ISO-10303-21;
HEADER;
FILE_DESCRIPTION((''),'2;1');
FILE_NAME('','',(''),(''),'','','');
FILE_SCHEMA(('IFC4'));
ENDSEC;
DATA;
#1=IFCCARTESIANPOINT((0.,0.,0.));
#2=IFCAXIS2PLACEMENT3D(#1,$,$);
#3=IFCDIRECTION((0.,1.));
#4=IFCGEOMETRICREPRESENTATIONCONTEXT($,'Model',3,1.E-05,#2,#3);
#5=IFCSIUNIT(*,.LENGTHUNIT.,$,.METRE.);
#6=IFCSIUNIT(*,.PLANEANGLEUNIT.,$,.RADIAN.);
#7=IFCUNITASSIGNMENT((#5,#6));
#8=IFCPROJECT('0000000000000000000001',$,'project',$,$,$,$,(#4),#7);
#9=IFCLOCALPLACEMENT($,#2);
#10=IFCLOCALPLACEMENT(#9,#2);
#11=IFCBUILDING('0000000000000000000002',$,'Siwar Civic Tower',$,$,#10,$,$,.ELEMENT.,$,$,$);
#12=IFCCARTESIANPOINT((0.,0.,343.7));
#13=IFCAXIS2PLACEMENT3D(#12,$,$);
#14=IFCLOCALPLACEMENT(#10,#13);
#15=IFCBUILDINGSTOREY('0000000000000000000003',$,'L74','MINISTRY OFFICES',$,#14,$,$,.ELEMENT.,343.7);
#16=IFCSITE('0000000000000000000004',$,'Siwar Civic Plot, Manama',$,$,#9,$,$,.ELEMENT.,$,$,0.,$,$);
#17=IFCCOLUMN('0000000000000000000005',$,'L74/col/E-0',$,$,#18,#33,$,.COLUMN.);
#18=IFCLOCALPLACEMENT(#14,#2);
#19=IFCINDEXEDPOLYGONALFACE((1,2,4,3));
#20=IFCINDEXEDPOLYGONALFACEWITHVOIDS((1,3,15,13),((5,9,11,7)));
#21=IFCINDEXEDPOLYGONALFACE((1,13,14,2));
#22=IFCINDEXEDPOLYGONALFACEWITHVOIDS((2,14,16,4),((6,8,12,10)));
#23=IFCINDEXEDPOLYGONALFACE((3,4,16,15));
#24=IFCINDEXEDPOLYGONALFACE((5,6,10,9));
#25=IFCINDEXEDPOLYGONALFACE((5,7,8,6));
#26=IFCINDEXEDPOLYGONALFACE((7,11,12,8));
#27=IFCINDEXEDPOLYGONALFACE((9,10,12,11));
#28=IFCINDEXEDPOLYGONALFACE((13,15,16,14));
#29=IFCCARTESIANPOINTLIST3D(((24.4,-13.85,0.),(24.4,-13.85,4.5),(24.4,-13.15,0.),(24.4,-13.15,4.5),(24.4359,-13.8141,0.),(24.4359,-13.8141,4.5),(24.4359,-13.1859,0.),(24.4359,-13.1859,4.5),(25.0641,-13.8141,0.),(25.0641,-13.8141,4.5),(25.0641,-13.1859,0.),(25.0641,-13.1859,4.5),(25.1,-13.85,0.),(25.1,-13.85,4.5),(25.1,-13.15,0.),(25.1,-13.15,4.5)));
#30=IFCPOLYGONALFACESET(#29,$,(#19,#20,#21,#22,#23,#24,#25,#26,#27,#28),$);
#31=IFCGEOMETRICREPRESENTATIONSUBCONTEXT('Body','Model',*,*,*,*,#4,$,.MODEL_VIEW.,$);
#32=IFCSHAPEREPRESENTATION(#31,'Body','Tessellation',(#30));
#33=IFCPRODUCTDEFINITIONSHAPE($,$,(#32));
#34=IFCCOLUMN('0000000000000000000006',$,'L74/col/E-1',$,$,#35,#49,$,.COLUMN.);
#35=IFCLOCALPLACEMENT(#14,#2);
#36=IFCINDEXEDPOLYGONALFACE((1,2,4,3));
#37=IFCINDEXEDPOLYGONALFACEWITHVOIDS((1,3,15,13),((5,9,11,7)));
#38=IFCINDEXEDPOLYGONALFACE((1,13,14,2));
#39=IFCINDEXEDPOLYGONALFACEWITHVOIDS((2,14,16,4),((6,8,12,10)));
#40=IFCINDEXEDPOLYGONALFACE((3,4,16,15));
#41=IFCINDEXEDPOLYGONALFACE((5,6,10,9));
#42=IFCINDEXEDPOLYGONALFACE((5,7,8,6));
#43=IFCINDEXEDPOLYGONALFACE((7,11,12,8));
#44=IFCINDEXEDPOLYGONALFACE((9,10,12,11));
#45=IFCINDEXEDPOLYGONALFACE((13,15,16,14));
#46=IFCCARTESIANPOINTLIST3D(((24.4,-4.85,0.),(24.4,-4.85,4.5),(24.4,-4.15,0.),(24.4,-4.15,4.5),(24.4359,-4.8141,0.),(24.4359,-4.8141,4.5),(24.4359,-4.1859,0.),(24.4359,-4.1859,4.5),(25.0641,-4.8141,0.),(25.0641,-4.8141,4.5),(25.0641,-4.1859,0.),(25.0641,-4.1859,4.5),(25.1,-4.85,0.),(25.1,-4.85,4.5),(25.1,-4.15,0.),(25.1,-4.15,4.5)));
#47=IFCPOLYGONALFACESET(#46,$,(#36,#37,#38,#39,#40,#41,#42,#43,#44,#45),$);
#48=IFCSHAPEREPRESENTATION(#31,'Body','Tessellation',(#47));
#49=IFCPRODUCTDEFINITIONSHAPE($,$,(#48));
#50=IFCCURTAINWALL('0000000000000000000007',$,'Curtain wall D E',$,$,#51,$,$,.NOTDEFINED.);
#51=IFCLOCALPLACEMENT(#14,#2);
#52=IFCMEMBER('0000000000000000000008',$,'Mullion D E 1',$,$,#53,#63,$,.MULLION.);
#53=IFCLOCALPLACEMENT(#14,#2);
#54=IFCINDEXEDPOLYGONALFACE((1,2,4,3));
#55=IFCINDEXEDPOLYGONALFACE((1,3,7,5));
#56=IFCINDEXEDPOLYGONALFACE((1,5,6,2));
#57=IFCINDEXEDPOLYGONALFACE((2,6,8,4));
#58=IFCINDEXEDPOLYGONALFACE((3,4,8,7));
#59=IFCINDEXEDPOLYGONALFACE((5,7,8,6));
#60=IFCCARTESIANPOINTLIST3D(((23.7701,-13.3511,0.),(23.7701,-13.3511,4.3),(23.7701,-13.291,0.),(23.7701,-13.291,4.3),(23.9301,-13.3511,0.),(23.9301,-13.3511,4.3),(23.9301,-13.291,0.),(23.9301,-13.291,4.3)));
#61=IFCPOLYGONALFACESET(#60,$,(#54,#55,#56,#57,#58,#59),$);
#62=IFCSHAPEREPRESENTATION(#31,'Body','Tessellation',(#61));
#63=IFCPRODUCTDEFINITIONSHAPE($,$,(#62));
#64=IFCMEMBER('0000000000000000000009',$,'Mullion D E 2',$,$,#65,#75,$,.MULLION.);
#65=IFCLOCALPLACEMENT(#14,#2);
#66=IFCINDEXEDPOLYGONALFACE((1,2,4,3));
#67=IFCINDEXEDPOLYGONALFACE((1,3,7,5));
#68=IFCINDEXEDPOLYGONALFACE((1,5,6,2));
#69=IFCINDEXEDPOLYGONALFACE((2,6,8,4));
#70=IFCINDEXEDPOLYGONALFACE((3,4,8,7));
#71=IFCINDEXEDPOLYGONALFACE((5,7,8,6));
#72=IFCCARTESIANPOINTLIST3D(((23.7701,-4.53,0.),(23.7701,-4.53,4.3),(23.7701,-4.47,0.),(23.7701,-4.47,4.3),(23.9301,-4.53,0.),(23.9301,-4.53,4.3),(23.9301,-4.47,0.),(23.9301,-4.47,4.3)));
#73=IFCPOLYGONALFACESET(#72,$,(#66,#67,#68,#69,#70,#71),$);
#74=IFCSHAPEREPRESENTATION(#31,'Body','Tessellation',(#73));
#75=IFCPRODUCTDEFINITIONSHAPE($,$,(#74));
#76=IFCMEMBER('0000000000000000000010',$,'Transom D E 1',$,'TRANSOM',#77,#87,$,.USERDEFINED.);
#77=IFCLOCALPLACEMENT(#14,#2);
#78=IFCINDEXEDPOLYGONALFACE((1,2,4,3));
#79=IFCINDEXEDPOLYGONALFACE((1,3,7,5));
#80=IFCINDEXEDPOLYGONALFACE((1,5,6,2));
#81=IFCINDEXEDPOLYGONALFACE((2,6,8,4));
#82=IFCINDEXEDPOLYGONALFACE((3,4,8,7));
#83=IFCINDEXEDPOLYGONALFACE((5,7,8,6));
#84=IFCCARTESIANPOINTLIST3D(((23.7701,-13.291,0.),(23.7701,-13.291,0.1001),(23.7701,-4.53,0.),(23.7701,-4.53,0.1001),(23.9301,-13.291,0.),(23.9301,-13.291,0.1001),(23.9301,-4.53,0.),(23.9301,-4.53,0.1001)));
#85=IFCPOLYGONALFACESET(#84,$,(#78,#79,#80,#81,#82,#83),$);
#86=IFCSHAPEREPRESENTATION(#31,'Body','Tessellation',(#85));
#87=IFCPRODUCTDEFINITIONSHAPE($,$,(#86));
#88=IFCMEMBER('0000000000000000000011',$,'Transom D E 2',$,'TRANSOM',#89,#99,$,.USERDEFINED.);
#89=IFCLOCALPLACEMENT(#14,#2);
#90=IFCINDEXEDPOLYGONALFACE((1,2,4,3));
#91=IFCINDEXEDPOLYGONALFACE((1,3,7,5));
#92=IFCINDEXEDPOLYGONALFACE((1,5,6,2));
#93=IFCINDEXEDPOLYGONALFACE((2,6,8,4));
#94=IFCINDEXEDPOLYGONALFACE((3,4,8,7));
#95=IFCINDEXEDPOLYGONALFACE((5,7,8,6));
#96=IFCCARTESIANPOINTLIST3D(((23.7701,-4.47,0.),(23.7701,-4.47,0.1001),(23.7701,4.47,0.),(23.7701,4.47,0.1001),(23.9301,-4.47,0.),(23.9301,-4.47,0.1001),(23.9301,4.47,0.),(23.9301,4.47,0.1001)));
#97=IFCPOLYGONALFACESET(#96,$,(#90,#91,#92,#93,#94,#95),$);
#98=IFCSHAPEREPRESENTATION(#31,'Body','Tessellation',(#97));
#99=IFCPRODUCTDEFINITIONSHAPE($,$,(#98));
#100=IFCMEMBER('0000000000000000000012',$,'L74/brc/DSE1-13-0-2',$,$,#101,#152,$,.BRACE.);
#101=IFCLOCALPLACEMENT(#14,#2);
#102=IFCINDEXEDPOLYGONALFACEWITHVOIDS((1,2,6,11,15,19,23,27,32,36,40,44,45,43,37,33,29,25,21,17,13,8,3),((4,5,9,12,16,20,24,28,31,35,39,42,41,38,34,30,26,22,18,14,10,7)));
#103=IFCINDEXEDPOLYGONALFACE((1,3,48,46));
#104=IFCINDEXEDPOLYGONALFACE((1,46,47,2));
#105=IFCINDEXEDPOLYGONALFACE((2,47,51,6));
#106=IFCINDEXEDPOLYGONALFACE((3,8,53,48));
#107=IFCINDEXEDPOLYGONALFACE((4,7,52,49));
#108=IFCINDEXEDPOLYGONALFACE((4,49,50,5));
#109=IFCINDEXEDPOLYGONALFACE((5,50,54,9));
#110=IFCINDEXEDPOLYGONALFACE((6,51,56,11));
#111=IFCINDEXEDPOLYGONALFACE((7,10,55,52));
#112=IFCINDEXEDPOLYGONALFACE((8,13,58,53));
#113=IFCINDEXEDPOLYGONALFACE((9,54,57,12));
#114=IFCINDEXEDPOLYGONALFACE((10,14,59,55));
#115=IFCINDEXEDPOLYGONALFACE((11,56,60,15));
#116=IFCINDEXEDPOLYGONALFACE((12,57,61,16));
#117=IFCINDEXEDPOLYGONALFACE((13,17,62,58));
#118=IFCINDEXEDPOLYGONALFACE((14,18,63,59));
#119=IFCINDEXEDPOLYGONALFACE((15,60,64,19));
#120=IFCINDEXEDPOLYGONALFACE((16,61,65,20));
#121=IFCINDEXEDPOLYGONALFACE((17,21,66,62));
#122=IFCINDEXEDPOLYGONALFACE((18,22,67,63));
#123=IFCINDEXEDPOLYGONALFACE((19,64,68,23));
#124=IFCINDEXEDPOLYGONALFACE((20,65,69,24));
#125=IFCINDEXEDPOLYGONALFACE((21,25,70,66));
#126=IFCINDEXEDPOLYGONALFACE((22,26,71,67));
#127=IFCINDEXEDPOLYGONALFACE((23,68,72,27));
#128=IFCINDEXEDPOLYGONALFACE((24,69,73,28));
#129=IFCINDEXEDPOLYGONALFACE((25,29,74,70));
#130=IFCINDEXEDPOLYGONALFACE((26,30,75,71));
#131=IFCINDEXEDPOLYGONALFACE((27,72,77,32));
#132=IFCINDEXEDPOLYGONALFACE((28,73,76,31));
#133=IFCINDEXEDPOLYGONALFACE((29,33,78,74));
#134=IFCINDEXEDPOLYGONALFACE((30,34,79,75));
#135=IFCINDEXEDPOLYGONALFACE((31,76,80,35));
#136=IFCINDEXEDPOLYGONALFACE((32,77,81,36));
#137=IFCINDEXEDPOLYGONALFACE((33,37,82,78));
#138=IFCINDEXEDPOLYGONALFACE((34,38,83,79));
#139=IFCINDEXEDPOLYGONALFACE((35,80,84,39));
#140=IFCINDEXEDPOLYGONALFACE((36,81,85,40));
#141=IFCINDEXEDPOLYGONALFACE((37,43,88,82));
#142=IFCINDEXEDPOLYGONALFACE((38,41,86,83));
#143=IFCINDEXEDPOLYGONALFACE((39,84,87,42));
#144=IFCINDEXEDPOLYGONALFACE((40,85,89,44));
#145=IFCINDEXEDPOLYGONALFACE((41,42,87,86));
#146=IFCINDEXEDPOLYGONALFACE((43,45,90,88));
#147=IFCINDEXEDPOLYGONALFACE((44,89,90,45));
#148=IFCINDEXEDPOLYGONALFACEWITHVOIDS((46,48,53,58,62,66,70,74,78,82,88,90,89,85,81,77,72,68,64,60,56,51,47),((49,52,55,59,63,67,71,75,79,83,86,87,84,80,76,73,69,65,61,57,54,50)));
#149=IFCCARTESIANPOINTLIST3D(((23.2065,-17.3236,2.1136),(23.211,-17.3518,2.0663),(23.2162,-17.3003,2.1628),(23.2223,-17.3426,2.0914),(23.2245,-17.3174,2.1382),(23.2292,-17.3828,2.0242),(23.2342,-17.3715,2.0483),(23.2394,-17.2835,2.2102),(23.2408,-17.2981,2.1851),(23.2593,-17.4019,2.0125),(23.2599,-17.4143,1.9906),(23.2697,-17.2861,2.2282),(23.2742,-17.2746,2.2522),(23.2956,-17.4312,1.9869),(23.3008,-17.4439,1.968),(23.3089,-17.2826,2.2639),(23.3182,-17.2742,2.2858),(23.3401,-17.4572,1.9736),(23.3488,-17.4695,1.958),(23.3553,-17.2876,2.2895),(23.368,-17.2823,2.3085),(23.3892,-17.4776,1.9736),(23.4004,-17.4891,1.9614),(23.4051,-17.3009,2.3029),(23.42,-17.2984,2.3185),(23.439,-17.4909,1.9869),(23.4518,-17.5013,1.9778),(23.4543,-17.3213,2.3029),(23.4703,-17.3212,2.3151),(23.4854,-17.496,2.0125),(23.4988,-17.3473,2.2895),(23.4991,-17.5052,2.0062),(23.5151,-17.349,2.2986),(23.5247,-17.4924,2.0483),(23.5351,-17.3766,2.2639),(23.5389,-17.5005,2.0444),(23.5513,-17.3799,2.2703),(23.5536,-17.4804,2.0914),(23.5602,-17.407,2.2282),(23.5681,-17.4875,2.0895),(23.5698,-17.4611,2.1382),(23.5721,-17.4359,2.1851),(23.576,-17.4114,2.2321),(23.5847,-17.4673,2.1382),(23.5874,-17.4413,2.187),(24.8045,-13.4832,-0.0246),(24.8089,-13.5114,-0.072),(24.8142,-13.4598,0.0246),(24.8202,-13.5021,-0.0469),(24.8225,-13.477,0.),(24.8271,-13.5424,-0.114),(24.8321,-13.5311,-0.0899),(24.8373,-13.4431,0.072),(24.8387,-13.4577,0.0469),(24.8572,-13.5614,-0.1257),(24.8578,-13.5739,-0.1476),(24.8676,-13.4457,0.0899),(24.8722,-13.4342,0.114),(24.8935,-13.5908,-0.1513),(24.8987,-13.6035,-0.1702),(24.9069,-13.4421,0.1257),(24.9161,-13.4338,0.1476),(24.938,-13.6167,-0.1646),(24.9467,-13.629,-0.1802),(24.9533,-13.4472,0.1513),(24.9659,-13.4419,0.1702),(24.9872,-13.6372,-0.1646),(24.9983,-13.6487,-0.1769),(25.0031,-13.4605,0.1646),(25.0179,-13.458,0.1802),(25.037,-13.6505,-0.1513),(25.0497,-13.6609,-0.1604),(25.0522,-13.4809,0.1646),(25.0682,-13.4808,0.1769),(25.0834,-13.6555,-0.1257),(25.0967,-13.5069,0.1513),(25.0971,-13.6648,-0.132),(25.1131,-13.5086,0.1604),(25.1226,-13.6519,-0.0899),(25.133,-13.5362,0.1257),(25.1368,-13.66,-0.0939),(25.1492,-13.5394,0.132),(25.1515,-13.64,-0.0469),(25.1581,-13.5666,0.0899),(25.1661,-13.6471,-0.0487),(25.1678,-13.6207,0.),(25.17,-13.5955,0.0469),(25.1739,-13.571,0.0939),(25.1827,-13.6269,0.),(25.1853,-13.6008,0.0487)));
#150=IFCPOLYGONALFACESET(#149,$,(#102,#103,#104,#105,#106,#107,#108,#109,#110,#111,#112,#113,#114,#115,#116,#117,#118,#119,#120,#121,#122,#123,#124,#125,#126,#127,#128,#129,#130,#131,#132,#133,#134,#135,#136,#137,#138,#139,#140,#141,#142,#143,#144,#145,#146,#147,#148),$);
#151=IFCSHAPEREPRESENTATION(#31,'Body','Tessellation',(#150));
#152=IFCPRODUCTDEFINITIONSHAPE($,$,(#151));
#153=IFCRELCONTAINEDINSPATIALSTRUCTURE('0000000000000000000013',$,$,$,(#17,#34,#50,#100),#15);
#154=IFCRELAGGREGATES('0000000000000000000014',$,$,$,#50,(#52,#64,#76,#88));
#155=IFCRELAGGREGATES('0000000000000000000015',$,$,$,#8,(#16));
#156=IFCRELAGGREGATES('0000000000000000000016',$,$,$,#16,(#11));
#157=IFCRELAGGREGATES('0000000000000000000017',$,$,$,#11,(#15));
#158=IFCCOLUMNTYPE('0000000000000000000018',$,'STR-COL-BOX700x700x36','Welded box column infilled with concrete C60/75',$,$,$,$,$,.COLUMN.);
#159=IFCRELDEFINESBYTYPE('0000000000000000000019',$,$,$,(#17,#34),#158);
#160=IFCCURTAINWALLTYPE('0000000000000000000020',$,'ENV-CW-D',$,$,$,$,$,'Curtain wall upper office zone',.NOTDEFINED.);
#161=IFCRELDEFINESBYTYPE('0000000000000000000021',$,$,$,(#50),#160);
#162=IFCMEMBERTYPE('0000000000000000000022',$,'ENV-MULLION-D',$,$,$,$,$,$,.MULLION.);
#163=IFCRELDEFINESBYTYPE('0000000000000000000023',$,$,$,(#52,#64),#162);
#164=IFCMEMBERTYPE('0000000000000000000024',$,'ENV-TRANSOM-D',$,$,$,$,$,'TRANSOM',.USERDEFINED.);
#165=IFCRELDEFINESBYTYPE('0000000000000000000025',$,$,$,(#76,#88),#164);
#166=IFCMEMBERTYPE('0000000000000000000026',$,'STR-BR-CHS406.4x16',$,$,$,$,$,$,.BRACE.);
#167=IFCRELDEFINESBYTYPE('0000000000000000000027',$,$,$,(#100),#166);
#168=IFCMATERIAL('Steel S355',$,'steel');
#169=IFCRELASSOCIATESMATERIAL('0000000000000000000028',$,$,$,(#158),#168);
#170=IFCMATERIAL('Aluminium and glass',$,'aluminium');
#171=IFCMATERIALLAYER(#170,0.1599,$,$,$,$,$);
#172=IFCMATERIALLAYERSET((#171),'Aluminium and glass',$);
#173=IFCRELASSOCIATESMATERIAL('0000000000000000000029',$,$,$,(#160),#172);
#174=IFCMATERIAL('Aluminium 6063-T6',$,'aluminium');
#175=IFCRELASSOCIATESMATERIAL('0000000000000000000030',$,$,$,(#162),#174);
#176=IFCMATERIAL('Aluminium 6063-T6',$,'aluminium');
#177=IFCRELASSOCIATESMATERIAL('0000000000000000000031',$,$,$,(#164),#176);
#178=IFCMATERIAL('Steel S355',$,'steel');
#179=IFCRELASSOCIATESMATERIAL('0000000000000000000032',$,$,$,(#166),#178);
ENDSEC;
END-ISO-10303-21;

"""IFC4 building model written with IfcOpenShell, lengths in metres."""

from ifc_helpers import new_model, si_unit, direction, frame, origin, origin_2d, place, context, subcontext, project, spatial, rectangle, hollow_rectangle, hollow_circle, extrude, material, layer, layer_set, material_profile, profile_set, type_object, element, aggregate, save


model = new_model("IFC4")

# Units and contexts
model_context = context("Model", 3, precision=1e-05, world=origin(), true_north=direction((0.0, 1.0)))
body_context = subcontext(model_context, "Body", "Model", "MODEL_VIEW")
ifc_project = project(units=[si_unit("LENGTHUNIT", "METRE"), si_unit("PLANEANGLEUNIT", "RADIAN")], contexts=[model_context])

# Site, building, storey
site_placement = place(None, origin())
site = spatial("IfcSite", under=ifc_project, at=site_placement, Name="Siwar Civic Plot, Manama", CompositionType="ELEMENT", RefElevation=0.0)
building_placement = place(site_placement, origin())
building = spatial("IfcBuilding", under=site, at=building_placement, Name="Siwar Civic Tower", CompositionType="ELEMENT")
storey_placement = place(building_placement, frame((0.0, 0.0, 343.7)))
storey = spatial("IfcBuildingStorey", under=building, at=storey_placement, Name="L74", Description="MINISTRY OFFICES", CompositionType="ELEMENT", Elevation=343.7)

# Columns
ifc_material_1 = material(Name="Steel S355", Category="steel")
ifc_material_profile_1 = material_profile(ifc_material_1, hollow_rectangle(XDim=0.7, YDim=0.7, WallThickness=0.0359, at=origin_2d()), Name="BOX700x700x36")
ifc_profile_set_1 = profile_set([ifc_material_profile_1], Name="Steel S355")
column_type = type_object("IfcColumnType", Name="STR-COL-BOX700x700x36", Description="Welded box column infilled with concrete C60/75", PredefinedType="COLUMN", material=ifc_profile_set_1)
for number, where, z_axis, x_axis, name in (
    (1, (24.75, -13.5, 0.0), (0.0, 0.0, 1.0), (1.0, 0.0, 0.0), "L74/col/E-0"),
    (2, (24.75, -4.5, 0.0), (0.0, 0.0, 1.0), (1.0, 0.0, 0.0), "L74/col/E-1"),
):
    element("IfcColumn", number, at=place(storey_placement, frame(where, z_axis=z_axis, x_axis=x_axis)), inside=storey, type_object=column_type, Name=name, PredefinedType="COLUMN", context=body_context, shape_type="SweptSolid", body=[
        extrude(hollow_rectangle(XDim=0.7, YDim=0.7, WallThickness=0.0359, at=origin_2d()), origin(), (0.0, 0.0, 1.0), 4.5),
    ])

# Curtain wall, members
ifc_material_2 = material(Name="Aluminium and glass", Category="aluminium")
ifc_layer_1 = layer(ifc_material_2, 0.1599)
ifc_layer_set_1 = layer_set([ifc_layer_1], Name="Aluminium and glass")
curtain_wall_type = type_object("IfcCurtainWallType", Name="ENV-CW-D", ElementType="Curtain wall upper office zone", PredefinedType="NOTDEFINED", material=ifc_layer_set_1)
curtain_wall_placement = place(storey_placement, origin())
curtain_wall = element("IfcCurtainWall", 3, at=curtain_wall_placement, inside=storey, type_object=curtain_wall_type, Name="Curtain wall D E", PredefinedType="NOTDEFINED")
ifc_material_3 = material(Name="Aluminium 6063-T6", Category="aluminium")
ifc_material_profile_2 = material_profile(ifc_material_3, rectangle(XDim=0.1599, YDim=0.0601, at=origin_2d()), Name="AL 160x60")
ifc_profile_set_2 = profile_set([ifc_material_profile_2], Name="Aluminium 6063-T6")
member_type_1 = type_object("IfcMemberType", Name="ENV-MULLION-D", PredefinedType="MULLION", material=ifc_profile_set_2)
member_1_placement = place(storey_placement, frame((23.8501, -13.321, 0.0), z_axis=(0.0, 0.0, 1.0), x_axis=(-1.0, 0.0, 0.0)))
member_1 = element("IfcMember", 4, at=member_1_placement, type_object=member_type_1, Name="Mullion D E 1", PredefinedType="MULLION", context=body_context, shape_type="SweptSolid", body=[
    extrude(rectangle(XDim=0.1599, YDim=0.0601, at=origin_2d()), origin(), (0.0, 0.0, 1.0), 4.3),
])
member_2_placement = place(storey_placement, frame((23.8501, -4.5, 0.0), z_axis=(0.0, 0.0, 1.0), x_axis=(-1.0, 0.0, 0.0)))
member_2 = element("IfcMember", 5, at=member_2_placement, type_object=member_type_1, Name="Mullion D E 2", PredefinedType="MULLION", context=body_context, shape_type="SweptSolid", body=[
    extrude(rectangle(XDim=0.1599, YDim=0.0601, at=origin_2d()), origin(), (0.0, 0.0, 1.0), 4.3),
])
ifc_material_4 = material(Name="Aluminium 6063-T6", Category="aluminium")
ifc_material_profile_3 = material_profile(ifc_material_4, rectangle(XDim=0.1599, YDim=0.1001, at=origin_2d()), Name="AL 160x100")
ifc_profile_set_3 = profile_set([ifc_material_profile_3], Name="Aluminium 6063-T6")
member_type_2 = type_object("IfcMemberType", Name="ENV-TRANSOM-D", ElementType="TRANSOM", PredefinedType="USERDEFINED", material=ifc_profile_set_3)
member_3_placement = place(storey_placement, frame((23.8501, -13.291, 0.05), z_axis=(0.0, 1.0, 0.0), x_axis=(-1.0, 0.0, 0.0)))
member_3 = element("IfcMember", 6, at=member_3_placement, type_object=member_type_2, Name="Transom D E 1", ObjectType="TRANSOM", PredefinedType="USERDEFINED", context=body_context, shape_type="SweptSolid", body=[
    extrude(rectangle(XDim=0.1599, YDim=0.1001, at=origin_2d()), origin(), (0.0, 0.0, 1.0), 8.761),
])
member_4_placement = place(storey_placement, frame((23.8501, -4.47, 0.05), z_axis=(0.0, 1.0, 0.0), x_axis=(-1.0, 0.0, 0.0)))
member_4 = element("IfcMember", 7, at=member_4_placement, type_object=member_type_2, Name="Transom D E 2", ObjectType="TRANSOM", PredefinedType="USERDEFINED", context=body_context, shape_type="SweptSolid", body=[
    extrude(rectangle(XDim=0.1599, YDim=0.1001, at=origin_2d()), origin(), (0.0, 0.0, 1.0), 8.9399),
])

# Member
ifc_material_5 = material(Name="Steel S355", Category="steel")
ifc_material_profile_4 = material_profile(ifc_material_5, hollow_circle(Radius=0.2031, WallThickness=0.0161, at=origin_2d()), Name="CHS406.4x16")
ifc_profile_set_4 = profile_set([ifc_material_profile_4], Name="Steel S355")
member_type_3 = type_object("IfcMemberType", Name="STR-BR-CHS406.4x16", PredefinedType="BRACE", material=ifc_profile_set_4)
member_5_placement = place(storey_placement, frame((24.9951, -13.5488, 0.0), z_axis=(-0.341659, -0.82113, 0.457181), x_axis=(0.923268, -0.384157, 0.0)))
element("IfcMember", 8, at=member_5_placement, inside=storey, type_object=member_type_3, Name="L74/brc/DSE1-13-0-2", PredefinedType="BRACE", context=body_context, shape_type="SweptSolid", body=[
    extrude(hollow_circle(Radius=0.2031, WallThickness=0.0161, at=origin_2d()), origin(), (0.0, 0.0, 1.0), 4.677),
])

aggregate(curtain_wall, [member_1, member_2, member_3, member_4])

save(model, "model.ifc")
